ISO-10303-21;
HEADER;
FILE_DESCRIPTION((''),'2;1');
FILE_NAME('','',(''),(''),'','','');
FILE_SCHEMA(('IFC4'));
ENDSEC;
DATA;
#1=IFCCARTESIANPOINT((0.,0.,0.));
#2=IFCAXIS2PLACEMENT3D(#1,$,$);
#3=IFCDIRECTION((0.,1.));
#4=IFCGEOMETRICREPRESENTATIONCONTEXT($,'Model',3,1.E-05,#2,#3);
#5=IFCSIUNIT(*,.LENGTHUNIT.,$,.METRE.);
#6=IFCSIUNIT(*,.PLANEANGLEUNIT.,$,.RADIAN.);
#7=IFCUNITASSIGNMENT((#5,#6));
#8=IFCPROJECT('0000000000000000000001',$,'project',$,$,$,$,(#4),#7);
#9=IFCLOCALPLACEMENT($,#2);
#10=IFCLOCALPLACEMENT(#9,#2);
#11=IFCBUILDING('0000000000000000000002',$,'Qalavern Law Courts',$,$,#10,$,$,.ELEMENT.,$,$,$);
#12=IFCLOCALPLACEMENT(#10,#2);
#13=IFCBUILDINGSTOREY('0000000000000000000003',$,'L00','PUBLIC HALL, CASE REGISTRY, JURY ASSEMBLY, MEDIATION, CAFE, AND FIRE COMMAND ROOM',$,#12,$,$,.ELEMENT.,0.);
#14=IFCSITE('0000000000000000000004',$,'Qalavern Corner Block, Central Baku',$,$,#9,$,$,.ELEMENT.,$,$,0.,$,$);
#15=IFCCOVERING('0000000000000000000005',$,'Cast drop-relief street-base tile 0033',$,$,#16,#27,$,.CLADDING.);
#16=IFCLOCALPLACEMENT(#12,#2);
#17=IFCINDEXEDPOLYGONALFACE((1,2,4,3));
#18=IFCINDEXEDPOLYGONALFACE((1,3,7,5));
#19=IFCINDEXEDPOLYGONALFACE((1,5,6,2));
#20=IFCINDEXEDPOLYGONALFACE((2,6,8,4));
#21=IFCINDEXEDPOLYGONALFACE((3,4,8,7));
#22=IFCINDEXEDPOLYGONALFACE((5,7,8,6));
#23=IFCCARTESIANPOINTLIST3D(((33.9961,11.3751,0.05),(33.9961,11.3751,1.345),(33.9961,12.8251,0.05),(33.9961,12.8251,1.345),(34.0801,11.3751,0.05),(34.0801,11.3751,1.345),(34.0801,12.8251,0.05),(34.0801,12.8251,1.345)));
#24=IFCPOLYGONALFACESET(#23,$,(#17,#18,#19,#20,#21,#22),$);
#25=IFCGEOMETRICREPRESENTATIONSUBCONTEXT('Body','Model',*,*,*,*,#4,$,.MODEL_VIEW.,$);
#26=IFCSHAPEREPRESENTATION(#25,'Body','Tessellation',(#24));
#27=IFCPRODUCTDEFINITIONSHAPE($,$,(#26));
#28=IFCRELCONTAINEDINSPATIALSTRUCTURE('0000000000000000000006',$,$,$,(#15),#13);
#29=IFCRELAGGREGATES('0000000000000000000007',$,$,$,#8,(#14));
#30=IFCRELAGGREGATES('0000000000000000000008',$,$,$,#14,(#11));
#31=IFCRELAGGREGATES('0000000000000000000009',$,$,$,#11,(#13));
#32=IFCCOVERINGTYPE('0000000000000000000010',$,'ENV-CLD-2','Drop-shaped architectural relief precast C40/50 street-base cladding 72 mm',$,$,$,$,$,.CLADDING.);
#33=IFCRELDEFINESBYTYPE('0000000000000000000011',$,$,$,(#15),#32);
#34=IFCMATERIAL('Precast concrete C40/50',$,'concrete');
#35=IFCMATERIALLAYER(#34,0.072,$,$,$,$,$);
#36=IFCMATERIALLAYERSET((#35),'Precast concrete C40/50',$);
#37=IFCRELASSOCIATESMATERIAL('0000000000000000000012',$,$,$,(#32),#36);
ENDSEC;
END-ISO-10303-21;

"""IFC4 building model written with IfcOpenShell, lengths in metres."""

from ifc_helpers import new_model, si_unit, direction, frame, origin, origin_2d, place, context, subcontext, project, spatial, rectangle, extrude, material, layer, layer_set, type_object, element, save


model = new_model("IFC4")

# Units and contexts
model_context = context("Model", 3, precision=1e-05, world=origin(), true_north=direction((0.0, 1.0)))
body_context = subcontext(model_context, "Body", "Model", "MODEL_VIEW")
ifc_project = project(units=[si_unit("LENGTHUNIT", "METRE"), si_unit("PLANEANGLEUNIT", "RADIAN")], contexts=[model_context])

# Site, building, storey
site_placement = place(None, origin())
site = spatial("IfcSite", under=ifc_project, at=site_placement, Name="Qalavern Corner Block, Central Baku", CompositionType="ELEMENT", RefElevation=0.0)
building_placement = place(site_placement, origin())
building = spatial("IfcBuilding", under=site, at=building_placement, Name="Qalavern Law Courts", CompositionType="ELEMENT")
storey_placement = place(building_placement, origin())
storey = spatial("IfcBuildingStorey", under=building, at=storey_placement, Name="L00", Description="PUBLIC HALL, CASE REGISTRY, JURY ASSEMBLY, MEDIATION, CAFE, AND FIRE COMMAND ROOM", CompositionType="ELEMENT", Elevation=0.0)

# Covering
ifc_material_1 = material(Name="Precast concrete C40/50", Category="concrete")
ifc_layer_1 = layer(ifc_material_1, 0.072)
ifc_layer_set_1 = layer_set([ifc_layer_1], Name="Precast concrete C40/50")
covering_type_1 = type_object("IfcCoveringType", Name="ENV-CLD-2", Description="Drop-shaped architectural relief precast C40/50 street-base cladding 72 mm", PredefinedType="CLADDING", material=ifc_layer_set_1)
for number, where, z_axis, x_axis, name in (
    (1, (34.0381, 12.1001, 0.05), (0.0, 0.0, 1.0), (0.0, 1.0, 0.0), "Cast drop-relief street-base tile 0033"),
):
    element("IfcCovering", number, at=place(storey_placement, frame(where, z_axis=z_axis, x_axis=x_axis)), inside=storey, type_object=covering_type_1, Name=name, PredefinedType="CLADDING", context=body_context, shape_type="SweptSolid", body=[
        extrude(rectangle(XDim=1.45, YDim=0.084, at=origin_2d()), origin(), (0.0, 0.0, 1.0), 1.2949),
    ])

save(model, "model.ifc")
